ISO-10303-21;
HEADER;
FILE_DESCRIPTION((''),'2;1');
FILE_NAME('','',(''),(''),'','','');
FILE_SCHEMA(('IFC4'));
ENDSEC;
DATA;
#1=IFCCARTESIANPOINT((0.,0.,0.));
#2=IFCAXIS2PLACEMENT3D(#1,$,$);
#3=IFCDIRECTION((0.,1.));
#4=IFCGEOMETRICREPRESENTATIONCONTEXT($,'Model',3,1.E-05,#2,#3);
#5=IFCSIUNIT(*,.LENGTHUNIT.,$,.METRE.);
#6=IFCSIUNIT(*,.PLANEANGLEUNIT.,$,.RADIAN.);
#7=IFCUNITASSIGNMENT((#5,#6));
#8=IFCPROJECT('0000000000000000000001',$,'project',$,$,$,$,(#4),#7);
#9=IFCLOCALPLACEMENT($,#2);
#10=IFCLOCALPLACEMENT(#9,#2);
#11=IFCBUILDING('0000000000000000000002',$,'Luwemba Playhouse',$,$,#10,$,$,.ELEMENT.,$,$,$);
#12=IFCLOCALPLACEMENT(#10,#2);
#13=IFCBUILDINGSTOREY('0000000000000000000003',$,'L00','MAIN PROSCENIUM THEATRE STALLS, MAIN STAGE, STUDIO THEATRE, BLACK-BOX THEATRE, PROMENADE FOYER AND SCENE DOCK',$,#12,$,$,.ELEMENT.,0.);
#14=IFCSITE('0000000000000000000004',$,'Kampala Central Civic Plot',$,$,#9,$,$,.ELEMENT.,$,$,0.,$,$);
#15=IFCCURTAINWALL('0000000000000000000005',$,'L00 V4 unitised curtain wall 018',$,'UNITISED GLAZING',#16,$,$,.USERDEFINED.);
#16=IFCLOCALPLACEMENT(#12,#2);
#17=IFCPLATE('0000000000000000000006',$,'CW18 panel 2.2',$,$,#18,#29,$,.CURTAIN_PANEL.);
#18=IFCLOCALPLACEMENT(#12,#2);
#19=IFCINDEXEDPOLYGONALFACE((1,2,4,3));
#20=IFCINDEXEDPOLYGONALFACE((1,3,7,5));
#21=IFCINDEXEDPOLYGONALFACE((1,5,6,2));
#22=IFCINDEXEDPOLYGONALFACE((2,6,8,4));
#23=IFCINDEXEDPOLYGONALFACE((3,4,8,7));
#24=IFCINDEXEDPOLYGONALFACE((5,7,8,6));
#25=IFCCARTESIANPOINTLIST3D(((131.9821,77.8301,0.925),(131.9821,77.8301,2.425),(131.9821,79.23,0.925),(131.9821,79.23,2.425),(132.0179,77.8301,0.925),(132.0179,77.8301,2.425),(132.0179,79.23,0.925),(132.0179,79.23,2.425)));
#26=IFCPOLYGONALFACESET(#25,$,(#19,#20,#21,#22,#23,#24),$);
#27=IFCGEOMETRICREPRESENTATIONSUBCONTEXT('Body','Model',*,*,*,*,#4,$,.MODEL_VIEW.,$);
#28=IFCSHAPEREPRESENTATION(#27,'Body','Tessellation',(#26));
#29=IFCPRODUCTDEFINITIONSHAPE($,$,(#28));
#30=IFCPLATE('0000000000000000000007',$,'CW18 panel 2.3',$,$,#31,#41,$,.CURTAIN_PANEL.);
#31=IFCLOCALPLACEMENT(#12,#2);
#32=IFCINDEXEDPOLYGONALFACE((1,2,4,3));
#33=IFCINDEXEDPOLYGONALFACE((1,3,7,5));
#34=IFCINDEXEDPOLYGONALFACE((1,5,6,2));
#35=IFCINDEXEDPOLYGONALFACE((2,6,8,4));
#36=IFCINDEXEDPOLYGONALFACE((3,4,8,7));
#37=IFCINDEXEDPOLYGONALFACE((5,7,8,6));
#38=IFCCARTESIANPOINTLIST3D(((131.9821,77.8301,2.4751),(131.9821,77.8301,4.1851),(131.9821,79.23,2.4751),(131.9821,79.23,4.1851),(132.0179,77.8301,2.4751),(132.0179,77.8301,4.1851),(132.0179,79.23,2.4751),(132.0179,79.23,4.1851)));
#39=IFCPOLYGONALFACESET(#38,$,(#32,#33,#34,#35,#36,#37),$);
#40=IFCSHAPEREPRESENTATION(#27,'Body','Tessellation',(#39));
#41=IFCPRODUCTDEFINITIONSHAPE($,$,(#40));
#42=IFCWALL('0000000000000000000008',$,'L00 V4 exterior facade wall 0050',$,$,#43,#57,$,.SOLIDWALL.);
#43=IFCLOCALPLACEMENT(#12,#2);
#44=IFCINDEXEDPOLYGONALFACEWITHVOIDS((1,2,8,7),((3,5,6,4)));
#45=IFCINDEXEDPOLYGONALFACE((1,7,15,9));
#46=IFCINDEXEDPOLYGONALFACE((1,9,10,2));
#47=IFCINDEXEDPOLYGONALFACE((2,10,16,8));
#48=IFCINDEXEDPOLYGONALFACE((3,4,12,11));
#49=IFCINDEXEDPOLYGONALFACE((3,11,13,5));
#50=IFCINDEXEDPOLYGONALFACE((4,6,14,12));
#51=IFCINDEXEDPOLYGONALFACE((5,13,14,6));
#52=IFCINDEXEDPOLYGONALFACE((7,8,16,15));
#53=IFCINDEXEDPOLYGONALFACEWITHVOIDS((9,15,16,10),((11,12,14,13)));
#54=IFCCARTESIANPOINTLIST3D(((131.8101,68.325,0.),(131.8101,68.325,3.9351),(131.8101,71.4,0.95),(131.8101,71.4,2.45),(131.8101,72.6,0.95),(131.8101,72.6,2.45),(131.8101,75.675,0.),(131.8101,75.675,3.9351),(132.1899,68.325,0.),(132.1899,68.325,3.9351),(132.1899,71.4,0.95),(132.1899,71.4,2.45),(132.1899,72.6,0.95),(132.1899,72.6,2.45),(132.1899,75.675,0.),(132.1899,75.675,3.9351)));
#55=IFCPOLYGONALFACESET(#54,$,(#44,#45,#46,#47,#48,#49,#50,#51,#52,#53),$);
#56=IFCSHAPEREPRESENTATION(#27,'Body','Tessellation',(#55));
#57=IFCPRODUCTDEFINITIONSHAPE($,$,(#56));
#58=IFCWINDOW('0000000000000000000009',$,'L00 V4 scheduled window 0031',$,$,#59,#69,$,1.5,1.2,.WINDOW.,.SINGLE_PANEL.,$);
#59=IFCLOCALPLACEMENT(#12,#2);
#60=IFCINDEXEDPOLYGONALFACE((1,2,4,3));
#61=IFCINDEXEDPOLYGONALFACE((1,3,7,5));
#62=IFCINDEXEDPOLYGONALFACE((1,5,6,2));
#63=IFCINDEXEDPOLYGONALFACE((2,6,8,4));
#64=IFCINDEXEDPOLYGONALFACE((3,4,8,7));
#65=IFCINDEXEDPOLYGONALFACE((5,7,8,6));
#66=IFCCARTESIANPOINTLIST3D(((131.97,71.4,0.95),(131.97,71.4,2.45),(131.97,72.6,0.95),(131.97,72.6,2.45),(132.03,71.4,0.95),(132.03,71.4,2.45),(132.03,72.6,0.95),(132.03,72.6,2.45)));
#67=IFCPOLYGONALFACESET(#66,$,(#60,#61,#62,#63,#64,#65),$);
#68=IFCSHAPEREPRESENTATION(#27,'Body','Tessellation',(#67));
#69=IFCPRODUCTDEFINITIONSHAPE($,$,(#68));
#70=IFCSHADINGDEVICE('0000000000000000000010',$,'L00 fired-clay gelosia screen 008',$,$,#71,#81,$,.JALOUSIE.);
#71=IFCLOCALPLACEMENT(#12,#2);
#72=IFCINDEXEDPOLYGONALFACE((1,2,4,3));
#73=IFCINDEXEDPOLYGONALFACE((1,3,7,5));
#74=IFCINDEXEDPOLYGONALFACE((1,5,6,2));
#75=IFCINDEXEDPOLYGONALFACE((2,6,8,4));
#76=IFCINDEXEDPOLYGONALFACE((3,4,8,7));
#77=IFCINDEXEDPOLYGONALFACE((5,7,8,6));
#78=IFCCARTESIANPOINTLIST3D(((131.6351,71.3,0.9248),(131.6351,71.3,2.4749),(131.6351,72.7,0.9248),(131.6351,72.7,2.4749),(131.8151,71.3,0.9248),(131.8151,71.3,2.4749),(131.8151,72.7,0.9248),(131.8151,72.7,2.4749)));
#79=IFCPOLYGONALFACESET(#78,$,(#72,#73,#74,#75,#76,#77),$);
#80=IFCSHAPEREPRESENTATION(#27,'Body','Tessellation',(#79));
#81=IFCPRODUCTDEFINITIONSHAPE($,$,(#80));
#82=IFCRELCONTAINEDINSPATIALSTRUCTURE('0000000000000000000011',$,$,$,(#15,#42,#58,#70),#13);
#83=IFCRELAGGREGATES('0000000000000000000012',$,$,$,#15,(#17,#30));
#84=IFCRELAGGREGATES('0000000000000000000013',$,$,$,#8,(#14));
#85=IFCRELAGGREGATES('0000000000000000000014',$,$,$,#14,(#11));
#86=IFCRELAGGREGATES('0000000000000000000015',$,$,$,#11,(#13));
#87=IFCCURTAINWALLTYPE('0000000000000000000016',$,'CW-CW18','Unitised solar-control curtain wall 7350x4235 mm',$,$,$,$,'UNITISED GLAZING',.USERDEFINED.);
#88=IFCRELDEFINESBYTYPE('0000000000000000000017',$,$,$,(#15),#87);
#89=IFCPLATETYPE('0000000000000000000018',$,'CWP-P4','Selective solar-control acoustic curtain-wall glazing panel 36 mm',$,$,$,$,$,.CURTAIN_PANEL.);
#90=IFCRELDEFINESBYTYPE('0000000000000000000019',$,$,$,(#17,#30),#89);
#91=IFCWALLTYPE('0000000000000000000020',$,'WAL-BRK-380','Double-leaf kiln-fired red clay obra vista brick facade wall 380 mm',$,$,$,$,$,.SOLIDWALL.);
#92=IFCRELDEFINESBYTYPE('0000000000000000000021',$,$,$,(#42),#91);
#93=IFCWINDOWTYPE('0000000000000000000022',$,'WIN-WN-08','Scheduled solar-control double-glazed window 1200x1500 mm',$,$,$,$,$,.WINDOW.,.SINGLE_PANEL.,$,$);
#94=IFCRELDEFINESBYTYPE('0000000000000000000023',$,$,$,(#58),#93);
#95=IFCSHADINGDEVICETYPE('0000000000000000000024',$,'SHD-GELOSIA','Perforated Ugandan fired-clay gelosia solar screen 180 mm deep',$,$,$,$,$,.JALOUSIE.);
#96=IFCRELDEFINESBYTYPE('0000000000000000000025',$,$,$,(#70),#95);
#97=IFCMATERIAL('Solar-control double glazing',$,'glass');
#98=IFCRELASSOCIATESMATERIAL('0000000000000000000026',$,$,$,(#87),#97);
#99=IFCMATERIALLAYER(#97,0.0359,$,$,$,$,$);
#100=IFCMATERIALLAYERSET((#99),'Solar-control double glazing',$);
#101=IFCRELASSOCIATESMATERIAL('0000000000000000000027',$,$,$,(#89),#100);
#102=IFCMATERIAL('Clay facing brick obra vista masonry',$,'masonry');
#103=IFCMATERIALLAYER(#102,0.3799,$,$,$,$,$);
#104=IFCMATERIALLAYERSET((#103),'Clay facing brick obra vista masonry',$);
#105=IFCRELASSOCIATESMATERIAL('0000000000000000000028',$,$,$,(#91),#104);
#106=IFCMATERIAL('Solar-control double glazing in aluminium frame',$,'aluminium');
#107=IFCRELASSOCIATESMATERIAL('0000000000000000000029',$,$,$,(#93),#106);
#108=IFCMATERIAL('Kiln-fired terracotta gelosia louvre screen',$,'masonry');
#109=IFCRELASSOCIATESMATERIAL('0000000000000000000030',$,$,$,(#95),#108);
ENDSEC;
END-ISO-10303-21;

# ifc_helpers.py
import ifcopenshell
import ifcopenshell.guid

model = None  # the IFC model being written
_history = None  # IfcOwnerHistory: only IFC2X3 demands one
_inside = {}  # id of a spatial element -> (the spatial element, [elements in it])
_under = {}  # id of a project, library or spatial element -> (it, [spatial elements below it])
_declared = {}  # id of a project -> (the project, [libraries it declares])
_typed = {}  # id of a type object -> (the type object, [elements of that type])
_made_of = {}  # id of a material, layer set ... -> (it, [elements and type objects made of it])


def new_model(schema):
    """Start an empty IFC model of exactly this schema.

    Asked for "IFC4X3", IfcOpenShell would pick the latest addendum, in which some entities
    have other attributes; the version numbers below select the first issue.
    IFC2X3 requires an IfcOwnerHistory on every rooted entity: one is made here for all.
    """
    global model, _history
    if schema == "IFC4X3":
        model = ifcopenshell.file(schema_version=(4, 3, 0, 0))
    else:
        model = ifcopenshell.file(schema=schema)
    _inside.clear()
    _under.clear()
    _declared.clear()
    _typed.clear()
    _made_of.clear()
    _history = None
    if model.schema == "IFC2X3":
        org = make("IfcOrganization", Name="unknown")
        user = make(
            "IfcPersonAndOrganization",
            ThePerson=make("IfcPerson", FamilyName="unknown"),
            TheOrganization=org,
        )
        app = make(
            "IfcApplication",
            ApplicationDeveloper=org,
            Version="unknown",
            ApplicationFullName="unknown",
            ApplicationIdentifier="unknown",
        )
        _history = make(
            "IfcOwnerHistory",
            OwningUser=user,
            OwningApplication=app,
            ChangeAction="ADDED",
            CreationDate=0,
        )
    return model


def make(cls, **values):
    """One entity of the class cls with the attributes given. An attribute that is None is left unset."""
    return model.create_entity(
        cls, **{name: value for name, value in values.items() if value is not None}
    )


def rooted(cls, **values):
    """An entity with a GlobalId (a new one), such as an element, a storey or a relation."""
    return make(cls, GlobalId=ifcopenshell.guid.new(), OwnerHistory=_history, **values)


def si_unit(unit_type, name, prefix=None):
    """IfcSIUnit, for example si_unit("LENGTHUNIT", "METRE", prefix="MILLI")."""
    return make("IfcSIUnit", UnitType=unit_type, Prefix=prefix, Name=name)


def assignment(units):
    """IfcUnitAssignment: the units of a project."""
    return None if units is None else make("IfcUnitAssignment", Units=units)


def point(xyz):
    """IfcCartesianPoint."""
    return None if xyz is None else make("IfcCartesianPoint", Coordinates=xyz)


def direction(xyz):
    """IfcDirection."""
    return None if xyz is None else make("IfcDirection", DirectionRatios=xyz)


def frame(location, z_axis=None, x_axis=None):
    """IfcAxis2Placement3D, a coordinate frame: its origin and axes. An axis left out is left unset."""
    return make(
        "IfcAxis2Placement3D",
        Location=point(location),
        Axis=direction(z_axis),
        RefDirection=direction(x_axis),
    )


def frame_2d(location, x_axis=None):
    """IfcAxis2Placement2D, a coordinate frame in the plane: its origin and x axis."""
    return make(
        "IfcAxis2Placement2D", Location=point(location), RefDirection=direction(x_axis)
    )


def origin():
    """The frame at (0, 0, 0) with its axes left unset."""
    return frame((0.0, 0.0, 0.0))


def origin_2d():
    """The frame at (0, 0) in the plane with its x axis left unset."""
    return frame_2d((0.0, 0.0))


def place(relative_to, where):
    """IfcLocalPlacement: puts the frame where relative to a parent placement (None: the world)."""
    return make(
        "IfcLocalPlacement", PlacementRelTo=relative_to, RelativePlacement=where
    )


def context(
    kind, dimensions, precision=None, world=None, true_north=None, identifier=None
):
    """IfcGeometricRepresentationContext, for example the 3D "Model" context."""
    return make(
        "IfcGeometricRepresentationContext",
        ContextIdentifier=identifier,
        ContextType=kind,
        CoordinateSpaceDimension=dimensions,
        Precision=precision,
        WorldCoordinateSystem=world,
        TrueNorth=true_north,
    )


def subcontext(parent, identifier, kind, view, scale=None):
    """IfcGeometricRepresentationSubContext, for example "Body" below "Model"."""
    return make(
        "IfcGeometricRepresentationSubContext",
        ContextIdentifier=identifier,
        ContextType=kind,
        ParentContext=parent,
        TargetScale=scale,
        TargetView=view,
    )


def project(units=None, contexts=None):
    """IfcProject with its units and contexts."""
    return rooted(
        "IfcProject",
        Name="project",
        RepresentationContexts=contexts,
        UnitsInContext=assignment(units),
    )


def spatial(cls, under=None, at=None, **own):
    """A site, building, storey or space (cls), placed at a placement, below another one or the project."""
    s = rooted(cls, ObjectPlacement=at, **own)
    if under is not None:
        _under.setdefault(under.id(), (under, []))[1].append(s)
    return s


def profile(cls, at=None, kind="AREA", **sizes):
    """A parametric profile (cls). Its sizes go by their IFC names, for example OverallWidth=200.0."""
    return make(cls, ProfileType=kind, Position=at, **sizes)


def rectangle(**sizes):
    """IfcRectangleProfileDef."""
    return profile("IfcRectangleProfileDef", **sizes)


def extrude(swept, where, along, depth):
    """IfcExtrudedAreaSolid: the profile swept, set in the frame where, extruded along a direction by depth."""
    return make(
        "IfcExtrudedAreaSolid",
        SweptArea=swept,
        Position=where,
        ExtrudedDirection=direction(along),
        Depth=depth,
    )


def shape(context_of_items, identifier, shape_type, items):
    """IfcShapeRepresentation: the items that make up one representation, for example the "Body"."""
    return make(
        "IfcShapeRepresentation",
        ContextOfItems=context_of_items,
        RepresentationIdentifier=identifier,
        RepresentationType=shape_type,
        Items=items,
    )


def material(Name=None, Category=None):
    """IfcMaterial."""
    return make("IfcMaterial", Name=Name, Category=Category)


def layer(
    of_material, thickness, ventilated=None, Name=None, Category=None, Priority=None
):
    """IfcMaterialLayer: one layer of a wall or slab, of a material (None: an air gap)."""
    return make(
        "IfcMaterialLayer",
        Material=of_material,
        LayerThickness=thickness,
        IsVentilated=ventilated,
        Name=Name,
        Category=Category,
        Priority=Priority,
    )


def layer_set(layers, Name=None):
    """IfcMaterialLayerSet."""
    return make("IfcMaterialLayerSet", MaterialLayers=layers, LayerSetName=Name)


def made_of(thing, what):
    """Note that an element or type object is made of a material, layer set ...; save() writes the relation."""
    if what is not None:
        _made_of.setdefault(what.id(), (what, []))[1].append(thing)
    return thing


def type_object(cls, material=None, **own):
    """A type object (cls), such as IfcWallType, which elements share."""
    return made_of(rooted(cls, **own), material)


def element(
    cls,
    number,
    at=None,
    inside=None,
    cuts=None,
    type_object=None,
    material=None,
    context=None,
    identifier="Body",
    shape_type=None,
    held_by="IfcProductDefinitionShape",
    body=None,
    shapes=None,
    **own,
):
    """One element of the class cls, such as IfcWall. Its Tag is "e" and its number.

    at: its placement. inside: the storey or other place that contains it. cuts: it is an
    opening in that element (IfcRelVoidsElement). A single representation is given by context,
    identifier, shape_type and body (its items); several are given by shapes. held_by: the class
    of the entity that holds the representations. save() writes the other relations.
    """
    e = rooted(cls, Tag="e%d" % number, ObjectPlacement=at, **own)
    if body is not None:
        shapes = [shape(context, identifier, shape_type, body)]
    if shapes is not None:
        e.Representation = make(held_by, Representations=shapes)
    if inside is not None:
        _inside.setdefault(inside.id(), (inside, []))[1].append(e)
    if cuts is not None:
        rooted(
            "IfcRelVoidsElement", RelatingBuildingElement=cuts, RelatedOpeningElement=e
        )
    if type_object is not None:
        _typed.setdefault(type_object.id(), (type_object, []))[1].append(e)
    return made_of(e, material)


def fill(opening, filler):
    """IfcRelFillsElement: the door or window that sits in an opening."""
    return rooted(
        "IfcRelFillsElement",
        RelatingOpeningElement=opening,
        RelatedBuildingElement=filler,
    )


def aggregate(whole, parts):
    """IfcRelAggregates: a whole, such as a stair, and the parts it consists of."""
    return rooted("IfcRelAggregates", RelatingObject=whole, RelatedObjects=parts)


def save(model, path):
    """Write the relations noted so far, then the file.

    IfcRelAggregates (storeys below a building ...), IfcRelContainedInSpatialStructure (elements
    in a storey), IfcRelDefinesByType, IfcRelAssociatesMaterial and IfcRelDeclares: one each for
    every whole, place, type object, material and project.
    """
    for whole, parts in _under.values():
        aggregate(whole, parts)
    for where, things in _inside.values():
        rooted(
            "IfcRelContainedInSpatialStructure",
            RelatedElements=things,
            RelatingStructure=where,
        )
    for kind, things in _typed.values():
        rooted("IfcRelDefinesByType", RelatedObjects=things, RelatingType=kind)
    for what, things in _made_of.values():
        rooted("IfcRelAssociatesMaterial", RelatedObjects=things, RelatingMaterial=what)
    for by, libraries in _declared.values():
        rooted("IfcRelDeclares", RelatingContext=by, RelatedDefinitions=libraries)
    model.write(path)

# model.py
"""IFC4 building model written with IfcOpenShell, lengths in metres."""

from ifc_helpers import new_model, si_unit, direction, frame, frame_2d, origin, origin_2d, place, context, subcontext, project, spatial, rectangle, extrude, material, layer, layer_set, type_object, element, fill, aggregate, save


model = new_model("IFC4")

# Units and contexts
model_context = context("Model", 3, precision=1e-05, world=origin(), true_north=direction((0.0, 1.0)))
body_context = subcontext(model_context, "Body", "Model", "MODEL_VIEW")
ifc_project = project(units=[si_unit("LENGTHUNIT", "METRE"), si_unit("PLANEANGLEUNIT", "RADIAN")], contexts=[model_context])

# Site, building, storey
site_placement = place(None, origin())
site = spatial("IfcSite", under=ifc_project, at=site_placement, Name="Kampala Central Civic Plot", CompositionType="ELEMENT", RefElevation=0.0)
building_placement = place(site_placement, origin())
building = spatial("IfcBuilding", under=site, at=building_placement, Name="Luwemba Playhouse", CompositionType="ELEMENT")
storey_placement = place(building_placement, origin())
storey = spatial("IfcBuildingStorey", under=building, at=storey_placement, Name="L00", Description="MAIN PROSCENIUM THEATRE STALLS, MAIN STAGE, STUDIO THEATRE, BLACK-BOX THEATRE, PROMENADE FOYER AND SCENE DOCK", CompositionType="ELEMENT", Elevation=0.0)

# Curtain wall, plates
ifc_material_1 = material(Name="Solar-control double glazing", Category="glass")
curtain_wall_type = type_object("IfcCurtainWallType", Name="CW-CW18", Description="Unitised solar-control curtain wall 7350x4235 mm", ElementType="UNITISED GLAZING", PredefinedType="USERDEFINED", material=ifc_material_1)
curtain_wall_placement = place(storey_placement, origin())
curtain_wall = element("IfcCurtainWall", 1, at=curtain_wall_placement, inside=storey, type_object=curtain_wall_type, Name="L00 V4 unitised curtain wall 018", ObjectType="UNITISED GLAZING", PredefinedType="USERDEFINED")
ifc_layer_1 = layer(ifc_material_1, 0.0359)
ifc_layer_set_1 = layer_set([ifc_layer_1], Name="Solar-control double glazing")
plate_type = type_object("IfcPlateType", Name="CWP-P4", Description="Selective solar-control acoustic curtain-wall glazing panel 36 mm", PredefinedType="CURTAIN_PANEL", material=ifc_layer_set_1)
plate_1_placement = place(storey_placement, frame((132.0, 78.53, 0.925), z_axis=(0.0, 0.0, 1.0), x_axis=(0.0, 1.0, 0.0)))
plate_1 = element("IfcPlate", 2, at=plate_1_placement, type_object=plate_type, Name="CW18 panel 2.2", PredefinedType="CURTAIN_PANEL", context=body_context, shape_type="SweptSolid", body=[
    extrude(rectangle(XDim=1.3999, YDim=0.0359, at=origin_2d()), origin(), (0.0, 0.0, 1.0), 1.5),
])
plate_2_placement = place(storey_placement, frame((132.0, 78.53, 2.4751), z_axis=(0.0, 0.0, 1.0), x_axis=(0.0, 1.0, 0.0)))
plate_2 = element("IfcPlate", 3, at=plate_2_placement, type_object=plate_type, Name="CW18 panel 2.3", PredefinedType="CURTAIN_PANEL", context=body_context, shape_type="SweptSolid", body=[
    extrude(rectangle(XDim=1.3999, YDim=0.0359, at=origin_2d()), origin(), (0.0, 0.0, 1.0), 1.71),
])
aggregate(curtain_wall, [plate_1, plate_2])

# Wall, opening, window
ifc_material_2 = material(Name="Clay facing brick obra vista masonry", Category="masonry")
ifc_layer_2 = layer(ifc_material_2, 0.3799)
ifc_layer_set_2 = layer_set([ifc_layer_2], Name="Clay facing brick obra vista masonry")
wall_type = type_object("IfcWallType", Name="WAL-BRK-380", Description="Double-leaf kiln-fired red clay obra vista brick facade wall 380 mm", PredefinedType="SOLIDWALL", material=ifc_layer_set_2)
wall_placement = place(storey_placement, frame((132.0, 68.325, 0.0), z_axis=(0.0, 0.0, 1.0), x_axis=(0.0, 1.0, 0.0)))
wall = element("IfcWall", 4, at=wall_placement, inside=storey, type_object=wall_type, Name="L00 V4 exterior facade wall 0050", PredefinedType="SOLIDWALL", context=body_context, shape_type="SweptSolid", body=[
    extrude(rectangle(XDim=7.3501, YDim=0.3799, at=frame_2d((3.675, 0.0))), origin(), (0.0, 0.0, 1.0), 3.9351),
])
opening_placement = place(wall_placement, frame((3.075, 0.0, 0.95)))
opening = element("IfcOpeningElement", 5, at=opening_placement, cuts=wall, PredefinedType="OPENING", context=body_context, shape_type="SweptSolid", body=[
    extrude(rectangle(XDim=1.2, YDim=1.5, at=frame_2d((0.6001, 0.75))), frame((0.0, 0.2, 0.0), z_axis=(0.0, -1.0, 0.0), x_axis=(1.0, 0.0, 0.0)), (0.0, 0.0, 1.0), 0.3999),
])
ifc_material_3 = material(Name="Solar-control double glazing in aluminium frame", Category="aluminium")
window_type = type_object("IfcWindowType", Name="WIN-WN-08", Description="Scheduled solar-control double-glazed window 1200x1500 mm", PartitioningType="SINGLE_PANEL", PredefinedType="WINDOW", material=ifc_material_3)
window_placement = place(opening_placement, origin())
window = element("IfcWindow", 6, at=window_placement, inside=storey, type_object=window_type, Name="L00 V4 scheduled window 0031", OverallHeight=1.5, OverallWidth=1.2, PartitioningType="SINGLE_PANEL", PredefinedType="WINDOW", context=body_context, shape_type="SweptSolid", body=[
    extrude(rectangle(XDim=1.2, YDim=1.5, at=frame_2d((0.6001, 0.75))), frame((0.0, 0.03, 0.0), z_axis=(0.0, -1.0, 0.0), x_axis=(1.0, 0.0, 0.0)), (0.0, 0.0, 1.0), 0.0601),
])
fill(opening, window)

# Shading device
ifc_material_4 = material(Name="Kiln-fired terracotta gelosia louvre screen", Category="masonry")
shading_device_type = type_object("IfcShadingDeviceType", Name="SHD-GELOSIA", Description="Perforated Ugandan fired-clay gelosia solar screen 180 mm deep", PredefinedType="JALOUSIE", material=ifc_material_4)
shading_device_placement = place(storey_placement, frame((131.7251, 72.0, 0.9248), z_axis=(0.0, 0.0, 1.0), x_axis=(0.0, 1.0, 0.0)))
element("IfcShadingDevice", 7, at=shading_device_placement, inside=storey, type_object=shading_device_type, Name="L00 fired-clay gelosia screen 008", PredefinedType="JALOUSIE", context=body_context, shape_type="SweptSolid", body=[
    extrude(rectangle(XDim=1.3999, YDim=0.1799, at=origin_2d()), origin(), (0.0, 0.0, 1.0), 1.55),
])

save(model, "model.ifc")
